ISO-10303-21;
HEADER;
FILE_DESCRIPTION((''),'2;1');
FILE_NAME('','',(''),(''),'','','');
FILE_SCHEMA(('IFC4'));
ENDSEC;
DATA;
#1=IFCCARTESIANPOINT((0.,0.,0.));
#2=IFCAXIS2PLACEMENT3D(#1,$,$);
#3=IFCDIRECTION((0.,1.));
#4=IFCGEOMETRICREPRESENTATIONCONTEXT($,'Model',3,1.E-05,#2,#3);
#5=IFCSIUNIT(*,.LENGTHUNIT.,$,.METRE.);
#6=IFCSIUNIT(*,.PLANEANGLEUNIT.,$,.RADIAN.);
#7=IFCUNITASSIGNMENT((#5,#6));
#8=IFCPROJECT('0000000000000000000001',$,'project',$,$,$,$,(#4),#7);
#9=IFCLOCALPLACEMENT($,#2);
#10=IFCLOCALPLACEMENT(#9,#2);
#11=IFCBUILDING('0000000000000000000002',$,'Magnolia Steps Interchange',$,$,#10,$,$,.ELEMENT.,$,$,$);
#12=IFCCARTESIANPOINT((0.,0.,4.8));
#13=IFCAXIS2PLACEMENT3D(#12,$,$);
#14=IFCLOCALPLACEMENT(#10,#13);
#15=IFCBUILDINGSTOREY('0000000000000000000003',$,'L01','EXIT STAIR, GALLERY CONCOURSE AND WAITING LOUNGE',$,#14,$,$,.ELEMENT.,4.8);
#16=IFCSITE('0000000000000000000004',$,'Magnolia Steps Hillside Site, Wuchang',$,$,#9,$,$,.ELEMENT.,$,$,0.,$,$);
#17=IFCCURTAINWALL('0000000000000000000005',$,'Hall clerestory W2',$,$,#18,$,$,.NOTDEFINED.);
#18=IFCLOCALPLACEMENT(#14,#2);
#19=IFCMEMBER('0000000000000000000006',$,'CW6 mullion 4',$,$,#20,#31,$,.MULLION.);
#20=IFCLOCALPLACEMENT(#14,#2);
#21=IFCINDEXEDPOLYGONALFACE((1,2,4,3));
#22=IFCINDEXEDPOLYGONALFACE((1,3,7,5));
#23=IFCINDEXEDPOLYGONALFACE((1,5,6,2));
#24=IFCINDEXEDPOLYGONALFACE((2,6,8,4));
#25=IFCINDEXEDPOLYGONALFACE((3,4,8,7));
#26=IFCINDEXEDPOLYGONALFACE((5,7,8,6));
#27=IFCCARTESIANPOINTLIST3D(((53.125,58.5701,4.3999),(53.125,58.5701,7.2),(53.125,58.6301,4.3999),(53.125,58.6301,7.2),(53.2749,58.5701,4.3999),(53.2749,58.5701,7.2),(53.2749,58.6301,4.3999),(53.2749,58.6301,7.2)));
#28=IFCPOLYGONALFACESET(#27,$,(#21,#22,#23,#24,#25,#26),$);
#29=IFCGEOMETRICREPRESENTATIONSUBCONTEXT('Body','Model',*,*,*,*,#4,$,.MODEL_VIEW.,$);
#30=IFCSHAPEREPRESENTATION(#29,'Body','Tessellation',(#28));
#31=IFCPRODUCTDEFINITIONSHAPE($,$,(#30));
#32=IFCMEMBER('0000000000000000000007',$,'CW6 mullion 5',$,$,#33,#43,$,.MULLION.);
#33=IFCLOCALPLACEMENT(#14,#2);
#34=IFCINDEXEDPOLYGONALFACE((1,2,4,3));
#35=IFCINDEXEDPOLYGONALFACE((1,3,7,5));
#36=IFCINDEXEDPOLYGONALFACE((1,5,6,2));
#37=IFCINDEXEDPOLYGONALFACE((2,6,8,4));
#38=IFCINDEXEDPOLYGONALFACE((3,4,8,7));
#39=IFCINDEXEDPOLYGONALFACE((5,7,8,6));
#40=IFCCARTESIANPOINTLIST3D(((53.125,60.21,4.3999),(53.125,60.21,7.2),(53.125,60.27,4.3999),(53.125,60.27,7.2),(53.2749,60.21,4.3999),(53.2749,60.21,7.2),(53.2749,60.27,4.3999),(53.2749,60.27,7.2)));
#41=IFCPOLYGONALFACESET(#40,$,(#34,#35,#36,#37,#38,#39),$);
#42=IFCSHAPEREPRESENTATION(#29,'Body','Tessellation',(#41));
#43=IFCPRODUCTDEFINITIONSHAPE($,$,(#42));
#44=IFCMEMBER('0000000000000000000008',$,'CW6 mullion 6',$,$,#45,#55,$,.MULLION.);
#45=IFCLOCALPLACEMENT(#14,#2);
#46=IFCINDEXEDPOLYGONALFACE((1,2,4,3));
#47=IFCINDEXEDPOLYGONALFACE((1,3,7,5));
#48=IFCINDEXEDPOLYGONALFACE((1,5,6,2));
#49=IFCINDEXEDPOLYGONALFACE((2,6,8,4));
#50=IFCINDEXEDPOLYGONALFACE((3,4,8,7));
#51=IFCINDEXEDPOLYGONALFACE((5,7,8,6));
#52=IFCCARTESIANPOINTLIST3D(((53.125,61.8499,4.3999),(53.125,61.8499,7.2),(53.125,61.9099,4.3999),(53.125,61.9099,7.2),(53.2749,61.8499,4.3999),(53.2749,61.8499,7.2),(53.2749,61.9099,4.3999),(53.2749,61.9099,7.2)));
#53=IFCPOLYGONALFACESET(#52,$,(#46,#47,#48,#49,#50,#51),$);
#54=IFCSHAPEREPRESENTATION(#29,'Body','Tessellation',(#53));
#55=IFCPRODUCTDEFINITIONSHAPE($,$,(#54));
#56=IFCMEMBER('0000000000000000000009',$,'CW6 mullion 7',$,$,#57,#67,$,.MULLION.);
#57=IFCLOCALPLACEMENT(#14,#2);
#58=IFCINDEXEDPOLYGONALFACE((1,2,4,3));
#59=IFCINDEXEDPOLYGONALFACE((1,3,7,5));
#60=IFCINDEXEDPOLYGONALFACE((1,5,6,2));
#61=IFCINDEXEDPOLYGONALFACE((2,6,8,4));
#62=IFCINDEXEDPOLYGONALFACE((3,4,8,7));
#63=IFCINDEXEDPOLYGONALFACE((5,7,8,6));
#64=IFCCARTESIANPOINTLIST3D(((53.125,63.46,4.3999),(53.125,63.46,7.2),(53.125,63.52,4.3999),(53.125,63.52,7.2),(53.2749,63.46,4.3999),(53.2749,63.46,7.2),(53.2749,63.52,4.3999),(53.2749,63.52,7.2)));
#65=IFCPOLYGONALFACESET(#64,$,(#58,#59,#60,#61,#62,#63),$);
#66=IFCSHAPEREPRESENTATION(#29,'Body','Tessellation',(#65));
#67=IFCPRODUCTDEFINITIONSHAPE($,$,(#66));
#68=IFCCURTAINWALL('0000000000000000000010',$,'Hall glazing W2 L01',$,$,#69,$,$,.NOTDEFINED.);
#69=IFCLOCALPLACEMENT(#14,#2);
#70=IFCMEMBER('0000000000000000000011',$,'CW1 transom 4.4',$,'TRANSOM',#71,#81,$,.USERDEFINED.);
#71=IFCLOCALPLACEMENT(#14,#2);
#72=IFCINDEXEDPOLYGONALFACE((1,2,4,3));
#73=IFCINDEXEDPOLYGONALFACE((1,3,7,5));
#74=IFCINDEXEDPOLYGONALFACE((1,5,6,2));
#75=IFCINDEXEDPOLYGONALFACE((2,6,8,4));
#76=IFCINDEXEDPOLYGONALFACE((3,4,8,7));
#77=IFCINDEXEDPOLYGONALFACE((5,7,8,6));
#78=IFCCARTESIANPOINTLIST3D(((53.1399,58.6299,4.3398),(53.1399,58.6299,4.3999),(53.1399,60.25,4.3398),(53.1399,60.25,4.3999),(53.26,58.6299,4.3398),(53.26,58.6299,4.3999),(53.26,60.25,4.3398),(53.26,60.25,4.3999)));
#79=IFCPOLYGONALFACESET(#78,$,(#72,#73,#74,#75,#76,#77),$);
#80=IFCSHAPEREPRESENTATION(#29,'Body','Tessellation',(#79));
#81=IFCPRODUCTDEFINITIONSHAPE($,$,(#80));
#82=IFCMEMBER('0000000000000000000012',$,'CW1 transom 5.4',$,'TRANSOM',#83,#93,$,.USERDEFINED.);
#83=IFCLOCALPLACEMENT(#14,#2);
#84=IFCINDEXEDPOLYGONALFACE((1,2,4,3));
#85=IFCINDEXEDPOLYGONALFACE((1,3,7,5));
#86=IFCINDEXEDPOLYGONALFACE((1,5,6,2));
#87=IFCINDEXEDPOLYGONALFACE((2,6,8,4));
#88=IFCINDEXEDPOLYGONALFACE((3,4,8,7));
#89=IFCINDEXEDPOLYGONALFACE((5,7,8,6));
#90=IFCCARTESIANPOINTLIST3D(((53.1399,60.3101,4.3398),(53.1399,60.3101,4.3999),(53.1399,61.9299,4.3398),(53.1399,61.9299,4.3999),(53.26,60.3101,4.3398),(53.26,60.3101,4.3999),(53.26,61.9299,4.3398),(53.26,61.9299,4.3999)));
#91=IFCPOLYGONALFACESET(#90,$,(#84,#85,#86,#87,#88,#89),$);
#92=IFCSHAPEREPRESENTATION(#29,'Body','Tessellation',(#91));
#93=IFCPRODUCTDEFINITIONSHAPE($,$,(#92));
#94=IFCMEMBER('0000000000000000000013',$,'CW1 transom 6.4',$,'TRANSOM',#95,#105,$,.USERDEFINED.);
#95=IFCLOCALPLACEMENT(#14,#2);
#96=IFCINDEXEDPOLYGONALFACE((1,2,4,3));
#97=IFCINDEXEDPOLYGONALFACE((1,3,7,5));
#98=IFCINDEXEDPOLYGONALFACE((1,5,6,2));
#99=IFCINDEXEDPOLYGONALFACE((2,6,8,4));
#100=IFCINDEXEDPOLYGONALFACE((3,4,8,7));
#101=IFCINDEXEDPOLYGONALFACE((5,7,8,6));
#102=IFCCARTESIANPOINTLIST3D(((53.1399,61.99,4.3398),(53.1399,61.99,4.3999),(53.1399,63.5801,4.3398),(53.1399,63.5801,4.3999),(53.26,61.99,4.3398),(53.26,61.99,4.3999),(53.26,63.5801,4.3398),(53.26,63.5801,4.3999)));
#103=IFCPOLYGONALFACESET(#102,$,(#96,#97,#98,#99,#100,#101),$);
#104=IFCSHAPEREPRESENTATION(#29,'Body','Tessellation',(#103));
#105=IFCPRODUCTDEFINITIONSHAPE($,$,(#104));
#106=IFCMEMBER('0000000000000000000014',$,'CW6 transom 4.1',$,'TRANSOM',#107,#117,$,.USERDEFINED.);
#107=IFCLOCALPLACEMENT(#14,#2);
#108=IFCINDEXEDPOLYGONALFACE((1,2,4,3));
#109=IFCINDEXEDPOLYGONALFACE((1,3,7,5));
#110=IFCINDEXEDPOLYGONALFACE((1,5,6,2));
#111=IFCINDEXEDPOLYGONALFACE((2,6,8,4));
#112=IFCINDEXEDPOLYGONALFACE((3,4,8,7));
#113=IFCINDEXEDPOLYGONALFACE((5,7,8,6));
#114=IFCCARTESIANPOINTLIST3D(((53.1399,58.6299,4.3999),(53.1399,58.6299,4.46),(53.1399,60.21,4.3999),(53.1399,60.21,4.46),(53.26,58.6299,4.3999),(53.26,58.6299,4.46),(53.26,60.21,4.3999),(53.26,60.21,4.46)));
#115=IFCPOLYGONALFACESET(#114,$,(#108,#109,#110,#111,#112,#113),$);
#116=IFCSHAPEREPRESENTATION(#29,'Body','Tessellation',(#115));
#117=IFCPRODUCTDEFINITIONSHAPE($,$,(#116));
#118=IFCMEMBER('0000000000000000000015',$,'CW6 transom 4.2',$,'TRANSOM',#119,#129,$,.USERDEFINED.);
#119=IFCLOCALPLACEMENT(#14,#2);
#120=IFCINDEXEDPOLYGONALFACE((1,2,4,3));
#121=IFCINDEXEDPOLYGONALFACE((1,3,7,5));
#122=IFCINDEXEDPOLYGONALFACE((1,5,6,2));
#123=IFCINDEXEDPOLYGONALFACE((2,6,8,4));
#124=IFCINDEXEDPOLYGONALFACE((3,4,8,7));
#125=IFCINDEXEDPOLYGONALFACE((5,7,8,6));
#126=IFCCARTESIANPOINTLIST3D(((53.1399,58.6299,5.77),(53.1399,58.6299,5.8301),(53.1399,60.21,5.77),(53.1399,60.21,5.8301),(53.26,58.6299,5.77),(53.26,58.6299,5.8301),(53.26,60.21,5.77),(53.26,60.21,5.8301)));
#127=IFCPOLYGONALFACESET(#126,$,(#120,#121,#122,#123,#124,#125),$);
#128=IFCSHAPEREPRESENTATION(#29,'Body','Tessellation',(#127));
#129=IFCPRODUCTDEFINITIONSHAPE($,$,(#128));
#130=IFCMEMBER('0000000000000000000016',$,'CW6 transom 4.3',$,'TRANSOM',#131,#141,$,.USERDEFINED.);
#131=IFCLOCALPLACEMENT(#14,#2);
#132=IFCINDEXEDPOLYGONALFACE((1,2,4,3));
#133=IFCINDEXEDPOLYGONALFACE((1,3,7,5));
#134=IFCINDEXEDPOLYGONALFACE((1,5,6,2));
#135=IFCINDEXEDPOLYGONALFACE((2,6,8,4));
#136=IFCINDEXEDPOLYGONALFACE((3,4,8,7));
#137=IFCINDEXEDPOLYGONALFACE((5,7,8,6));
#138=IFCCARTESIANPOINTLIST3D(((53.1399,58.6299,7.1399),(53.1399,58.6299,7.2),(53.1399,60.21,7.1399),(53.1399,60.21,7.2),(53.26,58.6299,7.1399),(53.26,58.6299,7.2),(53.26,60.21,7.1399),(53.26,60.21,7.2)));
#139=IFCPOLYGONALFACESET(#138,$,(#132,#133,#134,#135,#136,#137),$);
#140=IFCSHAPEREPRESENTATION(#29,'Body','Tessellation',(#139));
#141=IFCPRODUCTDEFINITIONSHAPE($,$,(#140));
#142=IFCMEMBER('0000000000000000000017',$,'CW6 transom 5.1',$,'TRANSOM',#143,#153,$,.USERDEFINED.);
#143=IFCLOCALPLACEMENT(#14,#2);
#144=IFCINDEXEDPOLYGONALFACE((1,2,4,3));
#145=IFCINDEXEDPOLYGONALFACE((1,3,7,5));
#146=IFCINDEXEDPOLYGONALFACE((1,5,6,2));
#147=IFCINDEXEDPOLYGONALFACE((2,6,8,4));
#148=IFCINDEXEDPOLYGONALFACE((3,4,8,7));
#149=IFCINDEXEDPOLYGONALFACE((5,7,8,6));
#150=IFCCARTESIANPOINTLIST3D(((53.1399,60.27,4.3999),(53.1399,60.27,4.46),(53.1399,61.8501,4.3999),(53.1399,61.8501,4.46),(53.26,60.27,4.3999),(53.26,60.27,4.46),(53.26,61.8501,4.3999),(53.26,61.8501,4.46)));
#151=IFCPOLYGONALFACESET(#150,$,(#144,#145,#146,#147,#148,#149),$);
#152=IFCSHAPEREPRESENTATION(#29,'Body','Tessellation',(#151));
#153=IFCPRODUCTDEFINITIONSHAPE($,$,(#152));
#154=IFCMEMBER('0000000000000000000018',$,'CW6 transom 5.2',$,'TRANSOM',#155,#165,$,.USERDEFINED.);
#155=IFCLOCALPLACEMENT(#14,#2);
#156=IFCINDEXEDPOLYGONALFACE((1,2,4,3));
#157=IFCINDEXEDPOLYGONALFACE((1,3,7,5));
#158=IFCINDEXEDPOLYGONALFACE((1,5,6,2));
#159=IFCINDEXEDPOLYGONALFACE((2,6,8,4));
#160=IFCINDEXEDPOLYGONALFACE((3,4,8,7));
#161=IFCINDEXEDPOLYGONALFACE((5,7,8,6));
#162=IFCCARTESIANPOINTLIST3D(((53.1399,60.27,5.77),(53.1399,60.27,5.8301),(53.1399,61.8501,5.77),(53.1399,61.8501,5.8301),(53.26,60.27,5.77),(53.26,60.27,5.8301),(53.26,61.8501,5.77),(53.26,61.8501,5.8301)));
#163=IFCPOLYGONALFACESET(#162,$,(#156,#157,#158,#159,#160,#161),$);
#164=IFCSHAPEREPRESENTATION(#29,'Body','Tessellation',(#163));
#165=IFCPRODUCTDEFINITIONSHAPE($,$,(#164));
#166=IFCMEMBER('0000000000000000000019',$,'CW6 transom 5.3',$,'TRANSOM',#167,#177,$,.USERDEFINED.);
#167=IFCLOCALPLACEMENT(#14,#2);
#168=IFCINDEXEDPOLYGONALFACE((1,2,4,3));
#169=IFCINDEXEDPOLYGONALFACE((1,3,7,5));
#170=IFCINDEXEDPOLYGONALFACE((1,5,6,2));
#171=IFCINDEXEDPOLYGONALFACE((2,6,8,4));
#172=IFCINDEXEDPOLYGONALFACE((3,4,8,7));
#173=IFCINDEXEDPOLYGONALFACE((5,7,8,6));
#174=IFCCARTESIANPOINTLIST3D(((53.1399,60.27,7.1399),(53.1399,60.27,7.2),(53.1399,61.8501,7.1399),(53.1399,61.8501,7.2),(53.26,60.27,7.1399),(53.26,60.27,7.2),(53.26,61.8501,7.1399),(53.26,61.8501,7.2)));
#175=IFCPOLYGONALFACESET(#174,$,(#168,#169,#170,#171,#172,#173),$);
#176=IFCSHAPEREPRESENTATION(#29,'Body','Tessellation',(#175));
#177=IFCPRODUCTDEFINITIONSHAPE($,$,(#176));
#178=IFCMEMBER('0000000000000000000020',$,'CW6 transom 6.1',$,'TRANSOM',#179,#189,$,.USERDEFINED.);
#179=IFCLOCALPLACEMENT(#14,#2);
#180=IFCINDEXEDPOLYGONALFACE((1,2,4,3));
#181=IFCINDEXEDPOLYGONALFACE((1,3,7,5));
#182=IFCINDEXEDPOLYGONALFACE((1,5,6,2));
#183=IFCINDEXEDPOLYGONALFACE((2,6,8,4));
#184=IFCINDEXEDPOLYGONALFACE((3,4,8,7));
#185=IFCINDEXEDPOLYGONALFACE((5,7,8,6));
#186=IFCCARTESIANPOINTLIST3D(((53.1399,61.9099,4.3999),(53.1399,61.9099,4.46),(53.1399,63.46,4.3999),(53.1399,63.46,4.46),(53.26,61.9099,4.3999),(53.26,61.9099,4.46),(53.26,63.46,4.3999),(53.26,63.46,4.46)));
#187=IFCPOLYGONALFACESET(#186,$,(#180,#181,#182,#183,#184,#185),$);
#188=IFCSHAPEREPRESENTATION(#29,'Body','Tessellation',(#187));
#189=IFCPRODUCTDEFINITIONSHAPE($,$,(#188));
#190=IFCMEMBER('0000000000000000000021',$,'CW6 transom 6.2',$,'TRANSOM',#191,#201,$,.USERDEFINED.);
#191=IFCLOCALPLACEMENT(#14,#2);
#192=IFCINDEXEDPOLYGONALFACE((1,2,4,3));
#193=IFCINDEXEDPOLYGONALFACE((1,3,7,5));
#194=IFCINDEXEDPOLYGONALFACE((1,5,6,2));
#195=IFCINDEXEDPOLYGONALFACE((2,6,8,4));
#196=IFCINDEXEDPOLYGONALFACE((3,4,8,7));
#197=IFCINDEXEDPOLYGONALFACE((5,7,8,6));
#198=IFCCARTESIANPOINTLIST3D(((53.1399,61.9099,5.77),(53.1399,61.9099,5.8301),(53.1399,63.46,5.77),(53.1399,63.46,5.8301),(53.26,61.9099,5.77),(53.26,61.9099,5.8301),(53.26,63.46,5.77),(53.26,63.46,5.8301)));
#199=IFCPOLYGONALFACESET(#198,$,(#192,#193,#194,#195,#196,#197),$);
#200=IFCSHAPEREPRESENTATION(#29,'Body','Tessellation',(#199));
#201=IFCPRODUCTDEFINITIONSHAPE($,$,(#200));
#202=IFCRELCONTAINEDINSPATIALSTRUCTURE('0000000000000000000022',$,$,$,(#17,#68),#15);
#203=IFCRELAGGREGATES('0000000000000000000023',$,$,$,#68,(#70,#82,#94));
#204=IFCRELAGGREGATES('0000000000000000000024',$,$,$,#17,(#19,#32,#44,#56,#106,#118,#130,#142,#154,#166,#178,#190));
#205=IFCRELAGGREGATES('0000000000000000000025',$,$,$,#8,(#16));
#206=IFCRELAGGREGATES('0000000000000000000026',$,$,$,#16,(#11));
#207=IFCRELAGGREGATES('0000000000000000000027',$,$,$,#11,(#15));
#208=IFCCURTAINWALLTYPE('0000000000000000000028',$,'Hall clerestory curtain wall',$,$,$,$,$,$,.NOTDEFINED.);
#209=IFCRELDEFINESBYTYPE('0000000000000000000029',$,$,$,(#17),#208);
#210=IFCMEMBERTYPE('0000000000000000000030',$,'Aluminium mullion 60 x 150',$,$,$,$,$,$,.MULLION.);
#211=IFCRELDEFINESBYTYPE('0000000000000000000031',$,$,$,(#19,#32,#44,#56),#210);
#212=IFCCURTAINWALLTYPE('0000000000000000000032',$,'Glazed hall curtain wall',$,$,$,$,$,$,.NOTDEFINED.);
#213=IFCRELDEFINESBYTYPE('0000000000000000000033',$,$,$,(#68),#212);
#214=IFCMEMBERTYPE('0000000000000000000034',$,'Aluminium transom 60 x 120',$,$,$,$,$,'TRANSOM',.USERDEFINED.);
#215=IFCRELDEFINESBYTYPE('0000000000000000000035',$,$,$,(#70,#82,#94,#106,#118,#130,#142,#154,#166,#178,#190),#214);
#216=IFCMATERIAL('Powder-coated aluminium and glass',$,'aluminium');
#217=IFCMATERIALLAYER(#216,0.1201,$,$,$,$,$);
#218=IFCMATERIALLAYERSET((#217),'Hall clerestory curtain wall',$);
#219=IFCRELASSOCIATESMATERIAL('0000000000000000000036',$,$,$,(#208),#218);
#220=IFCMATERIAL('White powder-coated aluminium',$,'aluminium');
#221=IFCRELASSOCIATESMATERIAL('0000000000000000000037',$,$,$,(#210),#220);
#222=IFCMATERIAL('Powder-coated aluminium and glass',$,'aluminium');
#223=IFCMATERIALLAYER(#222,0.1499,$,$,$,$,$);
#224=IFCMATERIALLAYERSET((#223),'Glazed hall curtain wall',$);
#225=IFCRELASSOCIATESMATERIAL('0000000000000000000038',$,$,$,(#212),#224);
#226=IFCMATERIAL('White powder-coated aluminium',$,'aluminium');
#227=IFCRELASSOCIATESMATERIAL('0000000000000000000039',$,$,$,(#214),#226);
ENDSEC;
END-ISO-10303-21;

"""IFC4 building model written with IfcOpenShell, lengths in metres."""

from ifc_helpers import new_model, si_unit, direction, frame, origin, origin_2d, place, context, subcontext, project, spatial, rectangle, extrude, material, layer, layer_set, material_profile, profile_set, type_object, element, aggregate, save


model = new_model("IFC4")

# Units and contexts
model_context = context("Model", 3, precision=1e-05, world=origin(), true_north=direction((0.0, 1.0)))
body_context = subcontext(model_context, "Body", "Model", "MODEL_VIEW")
ifc_project = project(units=[si_unit("LENGTHUNIT", "METRE"), si_unit("PLANEANGLEUNIT", "RADIAN")], contexts=[model_context])

# Site, building, storey
site_placement = place(None, origin())
site = spatial("IfcSite", under=ifc_project, at=site_placement, Name="Magnolia Steps Hillside Site, Wuchang", CompositionType="ELEMENT", RefElevation=0.0)
building_placement = place(site_placement, origin())
building = spatial("IfcBuilding", under=site, at=building_placement, Name="Magnolia Steps Interchange", CompositionType="ELEMENT")
storey_placement = place(building_placement, frame((0.0, 0.0, 4.8)))
storey = spatial("IfcBuildingStorey", under=building, at=storey_placement, Name="L01", Description="EXIT STAIR, GALLERY CONCOURSE AND WAITING LOUNGE", CompositionType="ELEMENT", Elevation=4.8)

# Curtain walls, members
ifc_material_1 = material(Name="Powder-coated aluminium and glass", Category="aluminium")
ifc_layer_1 = layer(ifc_material_1, 0.1201)
ifc_layer_set_1 = layer_set([ifc_layer_1], Name="Hall clerestory curtain wall")
curtain_wall_type_1 = type_object("IfcCurtainWallType", Name="Hall clerestory curtain wall", PredefinedType="NOTDEFINED", material=ifc_layer_set_1)
curtain_wall_1_placement = place(storey_placement, origin())
curtain_wall_1 = element("IfcCurtainWall", 1, at=curtain_wall_1_placement, inside=storey, type_object=curtain_wall_type_1, Name="Hall clerestory W2", PredefinedType="NOTDEFINED")
ifc_material_2 = material(Name="White powder-coated aluminium", Category="aluminium")
ifc_material_profile_1 = material_profile(ifc_material_2, rectangle(XDim=0.0601, YDim=0.1499, at=origin_2d()), Name="Aluminium mullion 60 x 150")
ifc_profile_set_1 = profile_set([ifc_material_profile_1], Name="White powder-coated aluminium")
member_type_1 = type_object("IfcMemberType", Name="Aluminium mullion 60 x 150", PredefinedType="MULLION", material=ifc_profile_set_1)
member_1_placement = place(storey_placement, frame((53.2, 58.6001, 4.3999), z_axis=(0.0, 0.0, 1.0), x_axis=(0.0, 1.0, 0.0)))
member_1 = element("IfcMember", 2, at=member_1_placement, type_object=member_type_1, Name="CW6 mullion 4", PredefinedType="MULLION", context=body_context, shape_type="SweptSolid", body=[
    extrude(rectangle(XDim=0.0601, YDim=0.1499, at=origin_2d()), origin(), (0.0, 0.0, 1.0), 2.8),
])
member_2_placement = place(storey_placement, frame((53.2, 60.24, 4.3999), z_axis=(0.0, 0.0, 1.0), x_axis=(0.0, 1.0, 0.0)))
member_2 = element("IfcMember", 3, at=member_2_placement, type_object=member_type_1, Name="CW6 mullion 5", PredefinedType="MULLION", context=body_context, shape_type="SweptSolid", body=[
    extrude(rectangle(XDim=0.0601, YDim=0.1499, at=origin_2d()), origin(), (0.0, 0.0, 1.0), 2.8),
])
member_3_placement = place(storey_placement, frame((53.2, 61.8799, 4.3999), z_axis=(0.0, 0.0, 1.0), x_axis=(0.0, 1.0, 0.0)))
member_3 = element("IfcMember", 4, at=member_3_placement, type_object=member_type_1, Name="CW6 mullion 6", PredefinedType="MULLION", context=body_context, shape_type="SweptSolid", body=[
    extrude(rectangle(XDim=0.0601, YDim=0.1499, at=origin_2d()), origin(), (0.0, 0.0, 1.0), 2.8),
])
member_4_placement = place(storey_placement, frame((53.2, 63.49, 4.3999), z_axis=(0.0, 0.0, 1.0), x_axis=(0.0, 1.0, 0.0)))
member_4 = element("IfcMember", 5, at=member_4_placement, type_object=member_type_1, Name="CW6 mullion 7", PredefinedType="MULLION", context=body_context, shape_type="SweptSolid", body=[
    extrude(rectangle(XDim=0.0601, YDim=0.1499, at=origin_2d()), origin(), (0.0, 0.0, 1.0), 2.8),
])
ifc_material_3 = material(Name="Powder-coated aluminium and glass", Category="aluminium")
ifc_layer_2 = layer(ifc_material_3, 0.1499)
ifc_layer_set_2 = layer_set([ifc_layer_2], Name="Glazed hall curtain wall")
curtain_wall_type_2 = type_object("IfcCurtainWallType", Name="Glazed hall curtain wall", PredefinedType="NOTDEFINED", material=ifc_layer_set_2)
curtain_wall_2_placement = place(storey_placement, origin())
curtain_wall_2 = element("IfcCurtainWall", 6, at=curtain_wall_2_placement, inside=storey, type_object=curtain_wall_type_2, Name="Hall glazing W2 L01", PredefinedType="NOTDEFINED")
ifc_material_4 = material(Name="White powder-coated aluminium", Category="aluminium")
ifc_material_profile_2 = material_profile(ifc_material_4, rectangle(XDim=0.0601, YDim=0.1201, at=origin_2d()), Name="Aluminium transom 60 x 120")
ifc_profile_set_2 = profile_set([ifc_material_profile_2], Name="White powder-coated aluminium")
member_type_2 = type_object("IfcMemberType", Name="Aluminium transom 60 x 120", ElementType="TRANSOM", PredefinedType="USERDEFINED", material=ifc_profile_set_2)
member_5_placement = place(storey_placement, frame((53.2, 58.6299, 4.3699), z_axis=(0.0, 1.0, 0.0), x_axis=(0.0, 0.0, 1.0)))
member_5 = element("IfcMember", 7, at=member_5_placement, type_object=member_type_2, Name="CW1 transom 4.4", ObjectType="TRANSOM", PredefinedType="USERDEFINED", context=body_context, shape_type="SweptSolid", body=[
    extrude(rectangle(XDim=0.0601, YDim=0.1201, at=origin_2d()), origin(), (0.0, 0.0, 1.0), 1.6201),
])
member_6_placement = place(storey_placement, frame((53.2, 60.3101, 4.3699), z_axis=(0.0, 1.0, 0.0), x_axis=(0.0, 0.0, 1.0)))
member_6 = element("IfcMember", 8, at=member_6_placement, type_object=member_type_2, Name="CW1 transom 5.4", ObjectType="TRANSOM", PredefinedType="USERDEFINED", context=body_context, shape_type="SweptSolid", body=[
    extrude(rectangle(XDim=0.0601, YDim=0.1201, at=origin_2d()), origin(), (0.0, 0.0, 1.0), 1.6199),
])
member_7_placement = place(storey_placement, frame((53.2, 61.99, 4.3699), z_axis=(0.0, 1.0, 0.0), x_axis=(0.0, 0.0, 1.0)))
member_7 = element("IfcMember", 9, at=member_7_placement, type_object=member_type_2, Name="CW1 transom 6.4", ObjectType="TRANSOM", PredefinedType="USERDEFINED", context=body_context, shape_type="SweptSolid", body=[
    extrude(rectangle(XDim=0.0601, YDim=0.1201, at=origin_2d()), origin(), (0.0, 0.0, 1.0), 1.5901),
])
aggregate(curtain_wall_2, [member_5, member_6, member_7])

# Members
member_8_placement = place(storey_placement, frame((53.2, 58.6299, 4.4299), z_axis=(0.0, 1.0, 0.0), x_axis=(0.0, 0.0, 1.0)))
member_8 = element("IfcMember", 10, at=member_8_placement, type_object=member_type_2, Name="CW6 transom 4.1", ObjectType="TRANSOM", PredefinedType="USERDEFINED", context=body_context, shape_type="SweptSolid", body=[
    extrude(rectangle(XDim=0.0601, YDim=0.1201, at=origin_2d()), origin(), (0.0, 0.0, 1.0), 1.5801),
])
member_9_placement = place(storey_placement, frame((53.2, 58.6299, 5.8), z_axis=(0.0, 1.0, 0.0), x_axis=(0.0, 0.0, 1.0)))
member_9 = element("IfcMember", 11, at=member_9_placement, type_object=member_type_2, Name="CW6 transom 4.2", ObjectType="TRANSOM", PredefinedType="USERDEFINED", context=body_context, shape_type="SweptSolid", body=[
    extrude(rectangle(XDim=0.0601, YDim=0.1201, at=origin_2d()), origin(), (0.0, 0.0, 1.0), 1.5801),
])
member_10_placement = place(storey_placement, frame((53.2, 58.6299, 7.1699), z_axis=(0.0, 1.0, 0.0), x_axis=(0.0, 0.0, 1.0)))
member_10 = element("IfcMember", 12, at=member_10_placement, type_object=member_type_2, Name="CW6 transom 4.3", ObjectType="TRANSOM", PredefinedType="USERDEFINED", context=body_context, shape_type="SweptSolid", body=[
    extrude(rectangle(XDim=0.0601, YDim=0.1201, at=origin_2d()), origin(), (0.0, 0.0, 1.0), 1.5801),
])
member_11_placement = place(storey_placement, frame((53.2, 60.27, 4.4299), z_axis=(0.0, 1.0, 0.0), x_axis=(0.0, 0.0, 1.0)))
member_11 = element("IfcMember", 13, at=member_11_placement, type_object=member_type_2, Name="CW6 transom 5.1", ObjectType="TRANSOM", PredefinedType="USERDEFINED", context=body_context, shape_type="SweptSolid", body=[
    extrude(rectangle(XDim=0.0601, YDim=0.1201, at=origin_2d()), origin(), (0.0, 0.0, 1.0), 1.5801),
])
member_12_placement = place(storey_placement, frame((53.2, 60.27, 5.8), z_axis=(0.0, 1.0, 0.0), x_axis=(0.0, 0.0, 1.0)))
member_12 = element("IfcMember", 14, at=member_12_placement, type_object=member_type_2, Name="CW6 transom 5.2", ObjectType="TRANSOM", PredefinedType="USERDEFINED", context=body_context, shape_type="SweptSolid", body=[
    extrude(rectangle(XDim=0.0601, YDim=0.1201, at=origin_2d()), origin(), (0.0, 0.0, 1.0), 1.5801),
])
member_13_placement = place(storey_placement, frame((53.2, 60.27, 7.1699), z_axis=(0.0, 1.0, 0.0), x_axis=(0.0, 0.0, 1.0)))
member_13 = element("IfcMember", 15, at=member_13_placement, type_object=member_type_2, Name="CW6 transom 5.3", ObjectType="TRANSOM", PredefinedType="USERDEFINED", context=body_context, shape_type="SweptSolid", body=[
    extrude(rectangle(XDim=0.0601, YDim=0.1201, at=origin_2d()), origin(), (0.0, 0.0, 1.0), 1.5801),
])
member_14_placement = place(storey_placement, frame((53.2, 61.9099, 4.4299), z_axis=(0.0, 1.0, 0.0), x_axis=(0.0, 0.0, 1.0)))
member_14 = element("IfcMember", 16, at=member_14_placement, type_object=member_type_2, Name="CW6 transom 6.1", ObjectType="TRANSOM", PredefinedType="USERDEFINED", context=body_context, shape_type="SweptSolid", body=[
    extrude(rectangle(XDim=0.0601, YDim=0.1201, at=origin_2d()), origin(), (0.0, 0.0, 1.0), 1.55),
])
member_15_placement = place(storey_placement, frame((53.2, 61.9099, 5.8), z_axis=(0.0, 1.0, 0.0), x_axis=(0.0, 0.0, 1.0)))
member_15 = element("IfcMember", 17, at=member_15_placement, type_object=member_type_2, Name="CW6 transom 6.2", ObjectType="TRANSOM", PredefinedType="USERDEFINED", context=body_context, shape_type="SweptSolid", body=[
    extrude(rectangle(XDim=0.0601, YDim=0.1201, at=origin_2d()), origin(), (0.0, 0.0, 1.0), 1.55),
])

aggregate(curtain_wall_1, [member_1, member_2, member_3, member_4, member_8, member_9, member_10, member_11, member_12, member_13, member_14, member_15])

save(model, "model.ifc")
